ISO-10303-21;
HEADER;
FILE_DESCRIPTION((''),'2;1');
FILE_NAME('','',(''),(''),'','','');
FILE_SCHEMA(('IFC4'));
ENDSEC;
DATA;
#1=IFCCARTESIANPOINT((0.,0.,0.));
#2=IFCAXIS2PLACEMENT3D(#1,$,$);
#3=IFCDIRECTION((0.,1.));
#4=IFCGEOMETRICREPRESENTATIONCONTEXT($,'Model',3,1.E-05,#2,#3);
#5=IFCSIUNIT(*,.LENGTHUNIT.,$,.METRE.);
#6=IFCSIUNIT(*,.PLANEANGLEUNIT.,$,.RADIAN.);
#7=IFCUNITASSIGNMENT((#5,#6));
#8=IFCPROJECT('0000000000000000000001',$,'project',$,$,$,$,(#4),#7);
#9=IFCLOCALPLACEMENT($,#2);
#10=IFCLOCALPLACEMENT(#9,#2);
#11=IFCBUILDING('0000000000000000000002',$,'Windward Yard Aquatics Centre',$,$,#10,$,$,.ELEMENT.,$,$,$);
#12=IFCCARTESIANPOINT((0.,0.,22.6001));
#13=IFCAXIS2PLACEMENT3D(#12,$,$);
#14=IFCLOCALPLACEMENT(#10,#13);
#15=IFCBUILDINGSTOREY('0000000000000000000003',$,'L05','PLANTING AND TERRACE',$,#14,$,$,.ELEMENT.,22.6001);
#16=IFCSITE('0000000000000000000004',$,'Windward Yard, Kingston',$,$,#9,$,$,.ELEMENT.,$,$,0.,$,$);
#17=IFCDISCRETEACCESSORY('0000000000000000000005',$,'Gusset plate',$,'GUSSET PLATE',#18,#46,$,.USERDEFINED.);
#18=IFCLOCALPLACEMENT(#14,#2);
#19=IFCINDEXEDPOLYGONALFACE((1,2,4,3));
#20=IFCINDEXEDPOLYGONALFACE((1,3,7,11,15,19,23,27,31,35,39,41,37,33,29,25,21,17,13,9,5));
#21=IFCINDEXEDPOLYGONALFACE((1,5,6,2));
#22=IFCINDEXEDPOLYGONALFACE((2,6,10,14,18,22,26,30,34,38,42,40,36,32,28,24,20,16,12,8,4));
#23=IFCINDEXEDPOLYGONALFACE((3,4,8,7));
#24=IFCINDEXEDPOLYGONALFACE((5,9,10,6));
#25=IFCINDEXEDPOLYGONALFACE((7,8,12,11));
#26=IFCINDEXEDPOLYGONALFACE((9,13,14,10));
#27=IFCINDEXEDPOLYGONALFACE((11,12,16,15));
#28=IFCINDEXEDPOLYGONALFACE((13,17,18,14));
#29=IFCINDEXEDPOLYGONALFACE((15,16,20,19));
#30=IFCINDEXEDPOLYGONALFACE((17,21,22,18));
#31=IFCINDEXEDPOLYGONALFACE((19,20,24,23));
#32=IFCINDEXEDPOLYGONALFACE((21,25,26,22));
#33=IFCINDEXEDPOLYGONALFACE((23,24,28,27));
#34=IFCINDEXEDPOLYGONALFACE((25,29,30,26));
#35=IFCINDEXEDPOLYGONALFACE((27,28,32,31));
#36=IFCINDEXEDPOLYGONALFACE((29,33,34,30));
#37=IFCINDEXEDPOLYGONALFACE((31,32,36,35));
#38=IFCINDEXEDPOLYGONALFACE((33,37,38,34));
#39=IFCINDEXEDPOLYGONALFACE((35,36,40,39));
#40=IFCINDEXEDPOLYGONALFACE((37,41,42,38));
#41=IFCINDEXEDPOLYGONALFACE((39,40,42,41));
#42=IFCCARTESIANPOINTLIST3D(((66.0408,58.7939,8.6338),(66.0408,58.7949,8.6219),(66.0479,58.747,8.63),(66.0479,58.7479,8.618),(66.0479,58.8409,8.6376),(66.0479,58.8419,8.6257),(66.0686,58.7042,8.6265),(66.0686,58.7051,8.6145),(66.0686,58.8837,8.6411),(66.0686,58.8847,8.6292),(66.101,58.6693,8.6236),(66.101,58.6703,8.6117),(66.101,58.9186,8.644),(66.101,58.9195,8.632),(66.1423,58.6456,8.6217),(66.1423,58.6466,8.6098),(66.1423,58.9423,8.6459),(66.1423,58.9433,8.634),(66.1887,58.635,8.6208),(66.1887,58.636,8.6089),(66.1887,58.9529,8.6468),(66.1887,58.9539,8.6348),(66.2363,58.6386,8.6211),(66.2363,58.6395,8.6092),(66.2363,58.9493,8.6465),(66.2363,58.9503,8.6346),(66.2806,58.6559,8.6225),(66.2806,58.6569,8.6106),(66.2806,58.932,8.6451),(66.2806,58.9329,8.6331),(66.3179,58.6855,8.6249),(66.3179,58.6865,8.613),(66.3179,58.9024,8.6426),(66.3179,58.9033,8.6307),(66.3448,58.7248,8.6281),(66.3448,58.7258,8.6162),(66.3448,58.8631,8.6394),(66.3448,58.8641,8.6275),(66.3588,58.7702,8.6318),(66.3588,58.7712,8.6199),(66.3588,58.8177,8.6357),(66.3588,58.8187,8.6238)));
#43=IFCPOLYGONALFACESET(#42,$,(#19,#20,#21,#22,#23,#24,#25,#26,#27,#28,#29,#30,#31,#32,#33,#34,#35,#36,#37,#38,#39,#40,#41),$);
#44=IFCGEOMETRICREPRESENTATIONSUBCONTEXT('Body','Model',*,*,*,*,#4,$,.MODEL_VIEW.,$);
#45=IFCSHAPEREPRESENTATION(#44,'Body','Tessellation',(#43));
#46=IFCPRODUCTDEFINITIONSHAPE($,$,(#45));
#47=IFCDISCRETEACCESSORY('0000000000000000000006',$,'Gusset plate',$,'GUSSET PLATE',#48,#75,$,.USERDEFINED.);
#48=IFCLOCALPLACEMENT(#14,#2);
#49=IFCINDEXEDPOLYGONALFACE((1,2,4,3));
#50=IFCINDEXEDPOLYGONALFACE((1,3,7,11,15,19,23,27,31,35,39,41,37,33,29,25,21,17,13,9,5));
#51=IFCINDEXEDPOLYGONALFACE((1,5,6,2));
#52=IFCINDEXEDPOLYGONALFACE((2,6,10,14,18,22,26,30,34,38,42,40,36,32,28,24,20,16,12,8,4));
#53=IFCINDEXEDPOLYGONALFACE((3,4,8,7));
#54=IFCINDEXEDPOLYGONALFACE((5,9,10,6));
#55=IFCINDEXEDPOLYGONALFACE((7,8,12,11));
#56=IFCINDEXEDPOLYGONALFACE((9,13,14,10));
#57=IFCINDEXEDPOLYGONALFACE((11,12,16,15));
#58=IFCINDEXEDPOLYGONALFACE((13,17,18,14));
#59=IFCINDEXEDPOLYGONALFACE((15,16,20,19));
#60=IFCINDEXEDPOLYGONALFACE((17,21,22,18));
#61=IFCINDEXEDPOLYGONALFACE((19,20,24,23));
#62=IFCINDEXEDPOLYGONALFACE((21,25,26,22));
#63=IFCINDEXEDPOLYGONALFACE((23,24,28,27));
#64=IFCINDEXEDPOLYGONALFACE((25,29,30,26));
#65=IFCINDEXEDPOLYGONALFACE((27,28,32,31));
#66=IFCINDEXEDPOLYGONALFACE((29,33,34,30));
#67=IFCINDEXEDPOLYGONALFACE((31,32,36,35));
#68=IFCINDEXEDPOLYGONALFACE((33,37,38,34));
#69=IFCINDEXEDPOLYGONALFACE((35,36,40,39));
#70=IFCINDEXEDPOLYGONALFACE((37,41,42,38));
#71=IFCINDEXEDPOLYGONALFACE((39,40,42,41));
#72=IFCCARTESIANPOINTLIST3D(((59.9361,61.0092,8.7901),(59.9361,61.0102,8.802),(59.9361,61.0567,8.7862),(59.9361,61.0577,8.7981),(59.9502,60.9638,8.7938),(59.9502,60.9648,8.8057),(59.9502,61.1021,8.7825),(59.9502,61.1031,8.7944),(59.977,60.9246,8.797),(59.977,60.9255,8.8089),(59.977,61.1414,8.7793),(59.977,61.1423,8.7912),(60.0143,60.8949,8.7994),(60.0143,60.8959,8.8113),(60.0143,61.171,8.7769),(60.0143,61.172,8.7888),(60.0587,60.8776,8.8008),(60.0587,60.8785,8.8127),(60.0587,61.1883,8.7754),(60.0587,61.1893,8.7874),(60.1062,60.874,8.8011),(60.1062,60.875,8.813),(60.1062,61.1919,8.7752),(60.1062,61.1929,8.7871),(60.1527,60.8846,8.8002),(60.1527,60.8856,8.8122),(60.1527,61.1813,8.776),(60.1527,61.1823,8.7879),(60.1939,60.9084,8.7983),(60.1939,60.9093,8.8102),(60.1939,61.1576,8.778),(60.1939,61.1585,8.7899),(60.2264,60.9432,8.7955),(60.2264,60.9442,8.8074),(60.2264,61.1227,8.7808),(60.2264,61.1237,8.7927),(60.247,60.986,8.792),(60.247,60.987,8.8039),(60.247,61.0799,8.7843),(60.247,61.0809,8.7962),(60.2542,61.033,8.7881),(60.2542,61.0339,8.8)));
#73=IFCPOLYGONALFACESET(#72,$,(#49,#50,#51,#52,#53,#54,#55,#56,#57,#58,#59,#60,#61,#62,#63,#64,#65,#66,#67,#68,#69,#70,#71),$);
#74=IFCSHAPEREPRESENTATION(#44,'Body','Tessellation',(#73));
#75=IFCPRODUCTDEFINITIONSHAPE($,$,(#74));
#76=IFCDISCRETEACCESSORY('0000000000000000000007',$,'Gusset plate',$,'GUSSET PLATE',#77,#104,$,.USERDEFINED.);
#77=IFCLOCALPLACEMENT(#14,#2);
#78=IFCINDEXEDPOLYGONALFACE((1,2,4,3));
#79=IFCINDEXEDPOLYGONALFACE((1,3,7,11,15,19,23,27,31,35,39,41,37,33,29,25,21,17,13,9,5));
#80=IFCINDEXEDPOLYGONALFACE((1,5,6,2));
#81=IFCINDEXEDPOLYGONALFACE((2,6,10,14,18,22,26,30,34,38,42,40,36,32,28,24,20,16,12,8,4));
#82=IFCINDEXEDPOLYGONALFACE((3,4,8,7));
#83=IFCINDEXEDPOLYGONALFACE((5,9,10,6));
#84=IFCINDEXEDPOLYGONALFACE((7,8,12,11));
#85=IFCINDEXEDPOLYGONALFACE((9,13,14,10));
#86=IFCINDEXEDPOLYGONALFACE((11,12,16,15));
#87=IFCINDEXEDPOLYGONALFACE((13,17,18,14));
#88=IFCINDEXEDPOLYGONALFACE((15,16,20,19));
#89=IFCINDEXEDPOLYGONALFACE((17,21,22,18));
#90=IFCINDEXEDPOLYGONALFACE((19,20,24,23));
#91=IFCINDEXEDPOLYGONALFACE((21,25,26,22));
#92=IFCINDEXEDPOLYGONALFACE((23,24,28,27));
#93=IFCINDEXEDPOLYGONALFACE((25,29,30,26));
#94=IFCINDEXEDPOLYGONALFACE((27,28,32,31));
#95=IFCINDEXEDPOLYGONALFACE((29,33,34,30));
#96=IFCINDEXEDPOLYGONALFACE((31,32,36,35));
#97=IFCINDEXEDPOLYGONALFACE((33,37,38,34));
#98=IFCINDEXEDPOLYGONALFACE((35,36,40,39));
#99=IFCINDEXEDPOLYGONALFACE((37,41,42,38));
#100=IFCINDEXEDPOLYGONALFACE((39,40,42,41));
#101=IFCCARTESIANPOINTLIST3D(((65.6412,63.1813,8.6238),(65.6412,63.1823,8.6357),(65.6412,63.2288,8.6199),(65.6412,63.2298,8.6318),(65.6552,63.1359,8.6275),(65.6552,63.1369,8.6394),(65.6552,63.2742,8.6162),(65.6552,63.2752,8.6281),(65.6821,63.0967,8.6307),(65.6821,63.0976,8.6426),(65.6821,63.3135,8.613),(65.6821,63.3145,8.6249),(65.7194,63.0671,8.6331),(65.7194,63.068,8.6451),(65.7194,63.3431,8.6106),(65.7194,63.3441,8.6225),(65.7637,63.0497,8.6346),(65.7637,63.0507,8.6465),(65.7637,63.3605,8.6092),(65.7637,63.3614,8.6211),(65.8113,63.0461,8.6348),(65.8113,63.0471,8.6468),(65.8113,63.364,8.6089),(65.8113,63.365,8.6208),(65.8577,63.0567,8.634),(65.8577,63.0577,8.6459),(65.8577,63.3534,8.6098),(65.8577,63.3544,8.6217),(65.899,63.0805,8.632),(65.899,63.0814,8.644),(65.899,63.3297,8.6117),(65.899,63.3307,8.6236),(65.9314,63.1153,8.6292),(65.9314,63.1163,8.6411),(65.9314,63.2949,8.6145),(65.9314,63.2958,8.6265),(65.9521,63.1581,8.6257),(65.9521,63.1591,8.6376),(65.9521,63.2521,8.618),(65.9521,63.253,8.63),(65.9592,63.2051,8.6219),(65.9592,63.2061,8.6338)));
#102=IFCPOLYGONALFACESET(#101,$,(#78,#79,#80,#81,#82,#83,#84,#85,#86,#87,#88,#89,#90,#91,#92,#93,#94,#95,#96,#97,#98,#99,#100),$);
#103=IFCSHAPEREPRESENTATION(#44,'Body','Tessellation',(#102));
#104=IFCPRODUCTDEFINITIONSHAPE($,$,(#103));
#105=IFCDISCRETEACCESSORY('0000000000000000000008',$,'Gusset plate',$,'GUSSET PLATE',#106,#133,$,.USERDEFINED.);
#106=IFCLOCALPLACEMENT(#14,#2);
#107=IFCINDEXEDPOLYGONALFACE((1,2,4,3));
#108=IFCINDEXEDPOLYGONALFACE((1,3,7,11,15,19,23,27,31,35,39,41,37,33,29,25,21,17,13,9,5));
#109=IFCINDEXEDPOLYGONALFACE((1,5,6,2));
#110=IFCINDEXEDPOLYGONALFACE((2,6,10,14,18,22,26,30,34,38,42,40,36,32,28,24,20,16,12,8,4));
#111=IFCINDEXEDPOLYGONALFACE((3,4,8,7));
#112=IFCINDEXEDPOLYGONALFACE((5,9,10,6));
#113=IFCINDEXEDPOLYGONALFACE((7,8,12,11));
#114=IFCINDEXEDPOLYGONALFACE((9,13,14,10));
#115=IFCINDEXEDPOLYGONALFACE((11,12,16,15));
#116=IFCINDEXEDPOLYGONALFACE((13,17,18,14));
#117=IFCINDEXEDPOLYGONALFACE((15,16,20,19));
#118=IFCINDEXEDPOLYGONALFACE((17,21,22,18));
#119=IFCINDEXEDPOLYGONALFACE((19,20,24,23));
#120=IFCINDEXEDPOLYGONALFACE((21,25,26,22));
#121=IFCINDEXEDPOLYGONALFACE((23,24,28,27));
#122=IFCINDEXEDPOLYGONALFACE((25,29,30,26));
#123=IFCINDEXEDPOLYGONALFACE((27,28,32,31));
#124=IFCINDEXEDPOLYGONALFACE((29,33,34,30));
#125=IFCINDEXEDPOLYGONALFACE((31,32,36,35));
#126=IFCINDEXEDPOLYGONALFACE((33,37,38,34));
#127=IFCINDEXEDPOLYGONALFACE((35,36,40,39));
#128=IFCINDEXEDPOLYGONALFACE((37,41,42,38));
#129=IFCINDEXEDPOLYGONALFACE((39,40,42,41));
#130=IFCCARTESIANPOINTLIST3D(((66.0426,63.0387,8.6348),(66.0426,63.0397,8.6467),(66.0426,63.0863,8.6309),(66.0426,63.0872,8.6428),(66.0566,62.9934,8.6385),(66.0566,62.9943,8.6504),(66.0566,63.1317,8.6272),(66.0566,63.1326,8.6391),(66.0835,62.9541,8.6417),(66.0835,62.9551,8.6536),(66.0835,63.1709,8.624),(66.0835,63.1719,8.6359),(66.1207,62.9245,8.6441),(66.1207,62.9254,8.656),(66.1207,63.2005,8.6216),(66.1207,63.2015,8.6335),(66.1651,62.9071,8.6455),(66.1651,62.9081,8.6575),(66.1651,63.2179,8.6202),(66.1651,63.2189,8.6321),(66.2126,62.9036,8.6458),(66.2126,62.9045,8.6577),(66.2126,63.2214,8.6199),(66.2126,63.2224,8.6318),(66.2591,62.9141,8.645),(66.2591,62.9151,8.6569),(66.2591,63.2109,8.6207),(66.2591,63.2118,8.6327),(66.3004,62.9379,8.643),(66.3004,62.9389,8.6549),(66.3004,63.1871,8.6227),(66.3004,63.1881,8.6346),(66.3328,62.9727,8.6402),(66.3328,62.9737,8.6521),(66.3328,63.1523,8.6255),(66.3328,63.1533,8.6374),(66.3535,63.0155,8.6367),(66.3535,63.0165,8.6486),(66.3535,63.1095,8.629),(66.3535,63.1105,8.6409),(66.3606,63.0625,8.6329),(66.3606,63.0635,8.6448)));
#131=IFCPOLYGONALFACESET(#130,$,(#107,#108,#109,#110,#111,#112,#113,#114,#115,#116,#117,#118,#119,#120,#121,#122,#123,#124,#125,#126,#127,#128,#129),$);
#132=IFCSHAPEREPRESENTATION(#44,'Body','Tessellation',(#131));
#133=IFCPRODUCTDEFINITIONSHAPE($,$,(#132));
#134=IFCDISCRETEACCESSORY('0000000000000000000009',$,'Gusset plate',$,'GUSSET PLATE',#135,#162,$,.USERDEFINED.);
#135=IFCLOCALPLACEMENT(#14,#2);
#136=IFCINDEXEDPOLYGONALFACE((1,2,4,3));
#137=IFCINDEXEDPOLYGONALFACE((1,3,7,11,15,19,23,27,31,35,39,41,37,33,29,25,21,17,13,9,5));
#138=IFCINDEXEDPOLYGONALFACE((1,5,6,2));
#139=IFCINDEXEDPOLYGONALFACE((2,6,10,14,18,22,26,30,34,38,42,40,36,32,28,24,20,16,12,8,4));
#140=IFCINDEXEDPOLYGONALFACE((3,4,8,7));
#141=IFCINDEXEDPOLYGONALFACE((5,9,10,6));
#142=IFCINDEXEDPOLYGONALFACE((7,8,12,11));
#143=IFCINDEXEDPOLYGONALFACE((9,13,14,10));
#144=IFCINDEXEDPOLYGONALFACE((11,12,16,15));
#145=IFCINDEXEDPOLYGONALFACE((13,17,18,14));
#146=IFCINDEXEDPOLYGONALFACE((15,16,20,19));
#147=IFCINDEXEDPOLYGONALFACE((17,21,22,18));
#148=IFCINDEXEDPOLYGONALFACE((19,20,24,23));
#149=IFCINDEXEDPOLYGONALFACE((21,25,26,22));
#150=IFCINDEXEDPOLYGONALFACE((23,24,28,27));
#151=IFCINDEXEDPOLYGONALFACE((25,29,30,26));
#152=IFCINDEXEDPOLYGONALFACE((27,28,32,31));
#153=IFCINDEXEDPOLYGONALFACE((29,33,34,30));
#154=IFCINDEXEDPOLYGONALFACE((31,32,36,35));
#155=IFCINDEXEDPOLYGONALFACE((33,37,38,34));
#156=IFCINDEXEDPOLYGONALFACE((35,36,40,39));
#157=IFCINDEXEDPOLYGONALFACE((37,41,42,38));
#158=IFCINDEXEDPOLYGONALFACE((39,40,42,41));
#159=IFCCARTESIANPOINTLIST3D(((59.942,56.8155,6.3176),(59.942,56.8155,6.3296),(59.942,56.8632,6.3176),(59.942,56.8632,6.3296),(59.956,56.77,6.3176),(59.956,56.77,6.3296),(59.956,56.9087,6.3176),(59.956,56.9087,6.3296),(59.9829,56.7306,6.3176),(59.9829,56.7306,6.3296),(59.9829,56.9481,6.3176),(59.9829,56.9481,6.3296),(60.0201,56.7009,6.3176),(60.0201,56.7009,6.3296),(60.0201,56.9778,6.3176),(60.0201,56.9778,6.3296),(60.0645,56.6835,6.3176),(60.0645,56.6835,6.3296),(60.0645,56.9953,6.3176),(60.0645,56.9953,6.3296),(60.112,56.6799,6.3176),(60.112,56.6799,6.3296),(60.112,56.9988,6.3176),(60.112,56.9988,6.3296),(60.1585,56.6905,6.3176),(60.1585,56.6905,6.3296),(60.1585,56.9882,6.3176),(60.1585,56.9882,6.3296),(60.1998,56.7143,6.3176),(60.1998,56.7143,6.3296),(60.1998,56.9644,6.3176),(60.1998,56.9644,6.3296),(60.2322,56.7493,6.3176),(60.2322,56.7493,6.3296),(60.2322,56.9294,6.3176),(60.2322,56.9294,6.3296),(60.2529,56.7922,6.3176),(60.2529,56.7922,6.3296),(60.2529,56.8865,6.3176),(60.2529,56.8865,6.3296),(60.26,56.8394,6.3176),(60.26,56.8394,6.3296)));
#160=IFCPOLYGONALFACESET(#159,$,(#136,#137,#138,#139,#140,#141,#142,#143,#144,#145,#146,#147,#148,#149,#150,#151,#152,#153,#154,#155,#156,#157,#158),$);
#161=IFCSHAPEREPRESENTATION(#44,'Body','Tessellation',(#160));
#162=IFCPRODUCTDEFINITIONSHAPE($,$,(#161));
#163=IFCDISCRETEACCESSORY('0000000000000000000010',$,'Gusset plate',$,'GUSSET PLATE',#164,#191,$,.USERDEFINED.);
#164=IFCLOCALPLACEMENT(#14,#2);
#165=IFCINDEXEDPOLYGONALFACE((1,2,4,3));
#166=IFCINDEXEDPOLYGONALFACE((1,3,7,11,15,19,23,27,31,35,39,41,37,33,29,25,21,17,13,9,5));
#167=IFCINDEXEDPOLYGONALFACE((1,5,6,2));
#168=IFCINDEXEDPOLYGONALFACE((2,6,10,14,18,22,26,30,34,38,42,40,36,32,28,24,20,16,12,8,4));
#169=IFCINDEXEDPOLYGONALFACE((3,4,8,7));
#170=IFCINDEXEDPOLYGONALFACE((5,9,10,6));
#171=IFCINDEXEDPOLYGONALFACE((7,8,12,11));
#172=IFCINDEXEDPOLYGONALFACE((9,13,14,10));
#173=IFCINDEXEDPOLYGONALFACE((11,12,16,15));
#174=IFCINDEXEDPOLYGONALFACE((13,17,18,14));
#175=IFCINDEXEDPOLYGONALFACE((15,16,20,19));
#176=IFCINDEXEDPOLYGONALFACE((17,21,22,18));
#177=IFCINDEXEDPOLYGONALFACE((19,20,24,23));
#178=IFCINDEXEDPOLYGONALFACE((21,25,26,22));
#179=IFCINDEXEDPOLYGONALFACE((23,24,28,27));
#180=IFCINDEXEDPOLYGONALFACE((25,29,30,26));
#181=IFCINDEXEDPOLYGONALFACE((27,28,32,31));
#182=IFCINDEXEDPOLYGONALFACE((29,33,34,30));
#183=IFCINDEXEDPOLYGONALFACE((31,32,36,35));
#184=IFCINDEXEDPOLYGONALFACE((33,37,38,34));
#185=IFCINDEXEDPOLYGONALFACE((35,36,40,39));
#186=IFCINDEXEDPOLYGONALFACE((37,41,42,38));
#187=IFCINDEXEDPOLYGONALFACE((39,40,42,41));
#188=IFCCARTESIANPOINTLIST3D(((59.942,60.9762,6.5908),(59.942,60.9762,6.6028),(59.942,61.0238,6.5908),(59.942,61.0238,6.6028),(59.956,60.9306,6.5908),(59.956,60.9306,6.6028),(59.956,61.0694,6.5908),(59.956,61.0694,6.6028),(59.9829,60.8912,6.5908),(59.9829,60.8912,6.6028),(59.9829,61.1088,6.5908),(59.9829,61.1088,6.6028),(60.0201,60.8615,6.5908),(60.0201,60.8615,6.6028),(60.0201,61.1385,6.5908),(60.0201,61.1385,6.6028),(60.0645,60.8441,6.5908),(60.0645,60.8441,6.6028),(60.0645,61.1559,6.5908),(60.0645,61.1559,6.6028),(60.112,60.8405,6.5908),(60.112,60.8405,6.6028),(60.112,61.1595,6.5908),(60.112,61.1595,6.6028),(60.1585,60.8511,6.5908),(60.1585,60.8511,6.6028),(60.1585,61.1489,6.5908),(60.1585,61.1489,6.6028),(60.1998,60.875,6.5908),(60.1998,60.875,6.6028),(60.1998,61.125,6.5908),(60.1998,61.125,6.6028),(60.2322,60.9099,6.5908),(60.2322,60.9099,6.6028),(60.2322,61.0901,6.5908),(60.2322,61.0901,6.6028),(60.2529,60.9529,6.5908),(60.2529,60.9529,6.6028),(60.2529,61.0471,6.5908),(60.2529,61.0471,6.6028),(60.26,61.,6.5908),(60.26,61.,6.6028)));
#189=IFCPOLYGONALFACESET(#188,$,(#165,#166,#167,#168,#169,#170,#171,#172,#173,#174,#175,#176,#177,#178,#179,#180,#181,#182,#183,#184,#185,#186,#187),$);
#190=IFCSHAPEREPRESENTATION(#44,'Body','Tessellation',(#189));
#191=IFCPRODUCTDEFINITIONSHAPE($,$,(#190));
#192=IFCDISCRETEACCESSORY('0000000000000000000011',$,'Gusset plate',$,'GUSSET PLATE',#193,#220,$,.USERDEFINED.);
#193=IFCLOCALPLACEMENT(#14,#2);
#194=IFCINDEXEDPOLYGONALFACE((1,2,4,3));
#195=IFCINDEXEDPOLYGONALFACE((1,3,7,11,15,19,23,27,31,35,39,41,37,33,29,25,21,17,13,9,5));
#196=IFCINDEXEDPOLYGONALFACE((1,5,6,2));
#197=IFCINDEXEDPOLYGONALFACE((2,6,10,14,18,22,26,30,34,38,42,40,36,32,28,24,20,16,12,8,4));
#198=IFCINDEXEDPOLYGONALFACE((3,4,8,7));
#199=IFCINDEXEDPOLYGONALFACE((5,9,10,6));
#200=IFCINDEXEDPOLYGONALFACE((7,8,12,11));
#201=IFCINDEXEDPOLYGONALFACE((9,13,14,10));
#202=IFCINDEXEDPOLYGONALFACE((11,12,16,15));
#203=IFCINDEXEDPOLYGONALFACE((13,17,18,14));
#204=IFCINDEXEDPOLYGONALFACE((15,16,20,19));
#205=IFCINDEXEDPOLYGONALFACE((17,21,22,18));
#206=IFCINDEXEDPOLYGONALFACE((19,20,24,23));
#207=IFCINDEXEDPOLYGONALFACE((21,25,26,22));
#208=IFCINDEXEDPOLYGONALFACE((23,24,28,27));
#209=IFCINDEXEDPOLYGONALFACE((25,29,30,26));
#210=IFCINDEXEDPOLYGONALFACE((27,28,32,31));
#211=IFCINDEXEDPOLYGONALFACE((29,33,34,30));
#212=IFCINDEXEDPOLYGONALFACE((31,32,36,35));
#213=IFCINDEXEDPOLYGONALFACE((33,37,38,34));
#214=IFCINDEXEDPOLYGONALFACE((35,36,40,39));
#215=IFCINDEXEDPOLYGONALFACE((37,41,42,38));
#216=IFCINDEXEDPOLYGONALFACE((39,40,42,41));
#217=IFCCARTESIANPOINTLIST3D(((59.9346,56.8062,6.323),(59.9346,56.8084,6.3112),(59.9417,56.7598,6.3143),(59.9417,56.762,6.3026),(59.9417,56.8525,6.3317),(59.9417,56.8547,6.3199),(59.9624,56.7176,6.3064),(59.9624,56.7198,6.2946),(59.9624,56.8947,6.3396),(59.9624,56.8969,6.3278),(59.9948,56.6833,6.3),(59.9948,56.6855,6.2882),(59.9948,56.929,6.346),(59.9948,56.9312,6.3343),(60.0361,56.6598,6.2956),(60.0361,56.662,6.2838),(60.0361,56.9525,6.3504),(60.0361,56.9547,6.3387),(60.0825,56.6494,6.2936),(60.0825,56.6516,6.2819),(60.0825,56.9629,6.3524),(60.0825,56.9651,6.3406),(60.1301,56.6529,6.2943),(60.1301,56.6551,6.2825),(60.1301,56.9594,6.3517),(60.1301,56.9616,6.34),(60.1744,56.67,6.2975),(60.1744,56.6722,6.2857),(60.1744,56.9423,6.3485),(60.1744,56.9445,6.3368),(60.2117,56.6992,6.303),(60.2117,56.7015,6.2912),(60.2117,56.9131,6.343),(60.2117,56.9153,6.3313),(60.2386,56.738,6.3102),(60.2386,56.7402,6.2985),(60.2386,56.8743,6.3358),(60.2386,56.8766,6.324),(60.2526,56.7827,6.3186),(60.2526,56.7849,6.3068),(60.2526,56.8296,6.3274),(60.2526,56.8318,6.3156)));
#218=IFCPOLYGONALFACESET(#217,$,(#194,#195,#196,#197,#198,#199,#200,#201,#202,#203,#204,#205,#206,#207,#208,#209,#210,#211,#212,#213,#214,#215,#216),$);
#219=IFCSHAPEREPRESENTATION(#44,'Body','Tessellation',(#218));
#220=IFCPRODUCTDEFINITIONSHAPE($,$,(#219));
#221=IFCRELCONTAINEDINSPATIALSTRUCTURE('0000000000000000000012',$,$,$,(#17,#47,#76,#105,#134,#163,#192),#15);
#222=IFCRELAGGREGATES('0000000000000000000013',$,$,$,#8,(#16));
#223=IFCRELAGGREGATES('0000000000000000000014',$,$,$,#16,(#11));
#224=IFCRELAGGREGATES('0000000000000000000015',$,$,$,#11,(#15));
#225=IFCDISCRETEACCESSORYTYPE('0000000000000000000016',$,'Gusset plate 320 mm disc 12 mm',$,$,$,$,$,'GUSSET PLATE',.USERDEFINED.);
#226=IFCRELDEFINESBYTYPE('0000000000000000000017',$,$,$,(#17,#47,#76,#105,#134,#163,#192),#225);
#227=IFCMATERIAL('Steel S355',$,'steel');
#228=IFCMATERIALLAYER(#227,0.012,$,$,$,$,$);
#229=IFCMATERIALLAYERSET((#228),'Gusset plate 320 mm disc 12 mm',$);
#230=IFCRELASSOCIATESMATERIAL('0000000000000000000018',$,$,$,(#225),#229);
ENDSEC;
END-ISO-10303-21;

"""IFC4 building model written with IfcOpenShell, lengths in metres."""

from ifc_helpers import new_model, si_unit, direction, frame, origin, origin_2d, place, context, subcontext, project, spatial, circle, extrude, material, layer, layer_set, type_object, element, save


model = new_model("IFC4")

# Units and contexts
model_context = context("Model", 3, precision=1e-05, world=origin(), true_north=direction((0.0, 1.0)))
body_context = subcontext(model_context, "Body", "Model", "MODEL_VIEW")
ifc_project = project(units=[si_unit("LENGTHUNIT", "METRE"), si_unit("PLANEANGLEUNIT", "RADIAN")], contexts=[model_context])

# Site, building, storey
site_placement = place(None, origin())
site = spatial("IfcSite", under=ifc_project, at=site_placement, Name="Windward Yard, Kingston", CompositionType="ELEMENT", RefElevation=0.0)
building_placement = place(site_placement, origin())
building = spatial("IfcBuilding", under=site, at=building_placement, Name="Windward Yard Aquatics Centre", CompositionType="ELEMENT")
storey_placement = place(building_placement, frame((0.0, 0.0, 22.6001)))
storey = spatial("IfcBuildingStorey", under=building, at=storey_placement, Name="L05", Description="PLANTING AND TERRACE", CompositionType="ELEMENT", Elevation=22.6001)

# Discrete accessories
ifc_material_1 = material(Name="Steel S355", Category="steel")
ifc_layer = layer(ifc_material_1, 0.012)
ifc_layer_set = layer_set([ifc_layer], Name="Gusset plate 320 mm disc 12 mm")
discrete_accessory_type = type_object("IfcDiscreteAccessoryType", Name="Gusset plate 320 mm disc 12 mm", ElementType="GUSSET PLATE", PredefinedType="USERDEFINED", material=ifc_layer_set)
for number, where, z_axis, x_axis, name in (
    (1, (66.2007, 58.7939, 8.6338), (0.0, 0.081362, -0.996685), (-1.0, 0.0, 0.0), "Gusset plate"),
    (2, (60.0942, 61.0339, 8.8), (0.0, -0.081362, -0.996685), (1.0, 0.0, 0.0), "Gusset plate"),
    (3, (65.7993, 63.2061, 8.6338), (0.0, -0.081362, -0.996685), (1.0, 0.0, 0.0), "Gusset plate"),
    (4, (66.2007, 63.0635, 8.6448), (0.0, -0.081362, -0.996685), (1.0, 0.0, 0.0), "Gusset plate"),
    (5, (60.1001, 56.8394, 6.3176), (0.0, 0.0, 1.0), (1.0, 0.0, 0.0), "Gusset plate"),
    (6, (60.1001, 61.0, 6.5908), (0.0, 0.0, 1.0), (1.0, 0.0, 0.0), "Gusset plate"),
    (7, (60.0945, 56.8062, 6.323), (0.0, 0.184289, -0.982872), (-1.0, 0.0, 0.0), "Gusset plate"),
):
    element("IfcDiscreteAccessory", number, at=place(storey_placement, frame(where, z_axis=z_axis, x_axis=x_axis)), inside=storey, type_object=discrete_accessory_type, Name=name, ObjectType="GUSSET PLATE", PredefinedType="USERDEFINED", context=body_context, shape_type="SweptSolid", body=[
        extrude(circle(Radius=0.1599, at=origin_2d()), origin(), (0.0, 0.0, 1.0), 0.012),
    ])

save(model, "model.ifc")
